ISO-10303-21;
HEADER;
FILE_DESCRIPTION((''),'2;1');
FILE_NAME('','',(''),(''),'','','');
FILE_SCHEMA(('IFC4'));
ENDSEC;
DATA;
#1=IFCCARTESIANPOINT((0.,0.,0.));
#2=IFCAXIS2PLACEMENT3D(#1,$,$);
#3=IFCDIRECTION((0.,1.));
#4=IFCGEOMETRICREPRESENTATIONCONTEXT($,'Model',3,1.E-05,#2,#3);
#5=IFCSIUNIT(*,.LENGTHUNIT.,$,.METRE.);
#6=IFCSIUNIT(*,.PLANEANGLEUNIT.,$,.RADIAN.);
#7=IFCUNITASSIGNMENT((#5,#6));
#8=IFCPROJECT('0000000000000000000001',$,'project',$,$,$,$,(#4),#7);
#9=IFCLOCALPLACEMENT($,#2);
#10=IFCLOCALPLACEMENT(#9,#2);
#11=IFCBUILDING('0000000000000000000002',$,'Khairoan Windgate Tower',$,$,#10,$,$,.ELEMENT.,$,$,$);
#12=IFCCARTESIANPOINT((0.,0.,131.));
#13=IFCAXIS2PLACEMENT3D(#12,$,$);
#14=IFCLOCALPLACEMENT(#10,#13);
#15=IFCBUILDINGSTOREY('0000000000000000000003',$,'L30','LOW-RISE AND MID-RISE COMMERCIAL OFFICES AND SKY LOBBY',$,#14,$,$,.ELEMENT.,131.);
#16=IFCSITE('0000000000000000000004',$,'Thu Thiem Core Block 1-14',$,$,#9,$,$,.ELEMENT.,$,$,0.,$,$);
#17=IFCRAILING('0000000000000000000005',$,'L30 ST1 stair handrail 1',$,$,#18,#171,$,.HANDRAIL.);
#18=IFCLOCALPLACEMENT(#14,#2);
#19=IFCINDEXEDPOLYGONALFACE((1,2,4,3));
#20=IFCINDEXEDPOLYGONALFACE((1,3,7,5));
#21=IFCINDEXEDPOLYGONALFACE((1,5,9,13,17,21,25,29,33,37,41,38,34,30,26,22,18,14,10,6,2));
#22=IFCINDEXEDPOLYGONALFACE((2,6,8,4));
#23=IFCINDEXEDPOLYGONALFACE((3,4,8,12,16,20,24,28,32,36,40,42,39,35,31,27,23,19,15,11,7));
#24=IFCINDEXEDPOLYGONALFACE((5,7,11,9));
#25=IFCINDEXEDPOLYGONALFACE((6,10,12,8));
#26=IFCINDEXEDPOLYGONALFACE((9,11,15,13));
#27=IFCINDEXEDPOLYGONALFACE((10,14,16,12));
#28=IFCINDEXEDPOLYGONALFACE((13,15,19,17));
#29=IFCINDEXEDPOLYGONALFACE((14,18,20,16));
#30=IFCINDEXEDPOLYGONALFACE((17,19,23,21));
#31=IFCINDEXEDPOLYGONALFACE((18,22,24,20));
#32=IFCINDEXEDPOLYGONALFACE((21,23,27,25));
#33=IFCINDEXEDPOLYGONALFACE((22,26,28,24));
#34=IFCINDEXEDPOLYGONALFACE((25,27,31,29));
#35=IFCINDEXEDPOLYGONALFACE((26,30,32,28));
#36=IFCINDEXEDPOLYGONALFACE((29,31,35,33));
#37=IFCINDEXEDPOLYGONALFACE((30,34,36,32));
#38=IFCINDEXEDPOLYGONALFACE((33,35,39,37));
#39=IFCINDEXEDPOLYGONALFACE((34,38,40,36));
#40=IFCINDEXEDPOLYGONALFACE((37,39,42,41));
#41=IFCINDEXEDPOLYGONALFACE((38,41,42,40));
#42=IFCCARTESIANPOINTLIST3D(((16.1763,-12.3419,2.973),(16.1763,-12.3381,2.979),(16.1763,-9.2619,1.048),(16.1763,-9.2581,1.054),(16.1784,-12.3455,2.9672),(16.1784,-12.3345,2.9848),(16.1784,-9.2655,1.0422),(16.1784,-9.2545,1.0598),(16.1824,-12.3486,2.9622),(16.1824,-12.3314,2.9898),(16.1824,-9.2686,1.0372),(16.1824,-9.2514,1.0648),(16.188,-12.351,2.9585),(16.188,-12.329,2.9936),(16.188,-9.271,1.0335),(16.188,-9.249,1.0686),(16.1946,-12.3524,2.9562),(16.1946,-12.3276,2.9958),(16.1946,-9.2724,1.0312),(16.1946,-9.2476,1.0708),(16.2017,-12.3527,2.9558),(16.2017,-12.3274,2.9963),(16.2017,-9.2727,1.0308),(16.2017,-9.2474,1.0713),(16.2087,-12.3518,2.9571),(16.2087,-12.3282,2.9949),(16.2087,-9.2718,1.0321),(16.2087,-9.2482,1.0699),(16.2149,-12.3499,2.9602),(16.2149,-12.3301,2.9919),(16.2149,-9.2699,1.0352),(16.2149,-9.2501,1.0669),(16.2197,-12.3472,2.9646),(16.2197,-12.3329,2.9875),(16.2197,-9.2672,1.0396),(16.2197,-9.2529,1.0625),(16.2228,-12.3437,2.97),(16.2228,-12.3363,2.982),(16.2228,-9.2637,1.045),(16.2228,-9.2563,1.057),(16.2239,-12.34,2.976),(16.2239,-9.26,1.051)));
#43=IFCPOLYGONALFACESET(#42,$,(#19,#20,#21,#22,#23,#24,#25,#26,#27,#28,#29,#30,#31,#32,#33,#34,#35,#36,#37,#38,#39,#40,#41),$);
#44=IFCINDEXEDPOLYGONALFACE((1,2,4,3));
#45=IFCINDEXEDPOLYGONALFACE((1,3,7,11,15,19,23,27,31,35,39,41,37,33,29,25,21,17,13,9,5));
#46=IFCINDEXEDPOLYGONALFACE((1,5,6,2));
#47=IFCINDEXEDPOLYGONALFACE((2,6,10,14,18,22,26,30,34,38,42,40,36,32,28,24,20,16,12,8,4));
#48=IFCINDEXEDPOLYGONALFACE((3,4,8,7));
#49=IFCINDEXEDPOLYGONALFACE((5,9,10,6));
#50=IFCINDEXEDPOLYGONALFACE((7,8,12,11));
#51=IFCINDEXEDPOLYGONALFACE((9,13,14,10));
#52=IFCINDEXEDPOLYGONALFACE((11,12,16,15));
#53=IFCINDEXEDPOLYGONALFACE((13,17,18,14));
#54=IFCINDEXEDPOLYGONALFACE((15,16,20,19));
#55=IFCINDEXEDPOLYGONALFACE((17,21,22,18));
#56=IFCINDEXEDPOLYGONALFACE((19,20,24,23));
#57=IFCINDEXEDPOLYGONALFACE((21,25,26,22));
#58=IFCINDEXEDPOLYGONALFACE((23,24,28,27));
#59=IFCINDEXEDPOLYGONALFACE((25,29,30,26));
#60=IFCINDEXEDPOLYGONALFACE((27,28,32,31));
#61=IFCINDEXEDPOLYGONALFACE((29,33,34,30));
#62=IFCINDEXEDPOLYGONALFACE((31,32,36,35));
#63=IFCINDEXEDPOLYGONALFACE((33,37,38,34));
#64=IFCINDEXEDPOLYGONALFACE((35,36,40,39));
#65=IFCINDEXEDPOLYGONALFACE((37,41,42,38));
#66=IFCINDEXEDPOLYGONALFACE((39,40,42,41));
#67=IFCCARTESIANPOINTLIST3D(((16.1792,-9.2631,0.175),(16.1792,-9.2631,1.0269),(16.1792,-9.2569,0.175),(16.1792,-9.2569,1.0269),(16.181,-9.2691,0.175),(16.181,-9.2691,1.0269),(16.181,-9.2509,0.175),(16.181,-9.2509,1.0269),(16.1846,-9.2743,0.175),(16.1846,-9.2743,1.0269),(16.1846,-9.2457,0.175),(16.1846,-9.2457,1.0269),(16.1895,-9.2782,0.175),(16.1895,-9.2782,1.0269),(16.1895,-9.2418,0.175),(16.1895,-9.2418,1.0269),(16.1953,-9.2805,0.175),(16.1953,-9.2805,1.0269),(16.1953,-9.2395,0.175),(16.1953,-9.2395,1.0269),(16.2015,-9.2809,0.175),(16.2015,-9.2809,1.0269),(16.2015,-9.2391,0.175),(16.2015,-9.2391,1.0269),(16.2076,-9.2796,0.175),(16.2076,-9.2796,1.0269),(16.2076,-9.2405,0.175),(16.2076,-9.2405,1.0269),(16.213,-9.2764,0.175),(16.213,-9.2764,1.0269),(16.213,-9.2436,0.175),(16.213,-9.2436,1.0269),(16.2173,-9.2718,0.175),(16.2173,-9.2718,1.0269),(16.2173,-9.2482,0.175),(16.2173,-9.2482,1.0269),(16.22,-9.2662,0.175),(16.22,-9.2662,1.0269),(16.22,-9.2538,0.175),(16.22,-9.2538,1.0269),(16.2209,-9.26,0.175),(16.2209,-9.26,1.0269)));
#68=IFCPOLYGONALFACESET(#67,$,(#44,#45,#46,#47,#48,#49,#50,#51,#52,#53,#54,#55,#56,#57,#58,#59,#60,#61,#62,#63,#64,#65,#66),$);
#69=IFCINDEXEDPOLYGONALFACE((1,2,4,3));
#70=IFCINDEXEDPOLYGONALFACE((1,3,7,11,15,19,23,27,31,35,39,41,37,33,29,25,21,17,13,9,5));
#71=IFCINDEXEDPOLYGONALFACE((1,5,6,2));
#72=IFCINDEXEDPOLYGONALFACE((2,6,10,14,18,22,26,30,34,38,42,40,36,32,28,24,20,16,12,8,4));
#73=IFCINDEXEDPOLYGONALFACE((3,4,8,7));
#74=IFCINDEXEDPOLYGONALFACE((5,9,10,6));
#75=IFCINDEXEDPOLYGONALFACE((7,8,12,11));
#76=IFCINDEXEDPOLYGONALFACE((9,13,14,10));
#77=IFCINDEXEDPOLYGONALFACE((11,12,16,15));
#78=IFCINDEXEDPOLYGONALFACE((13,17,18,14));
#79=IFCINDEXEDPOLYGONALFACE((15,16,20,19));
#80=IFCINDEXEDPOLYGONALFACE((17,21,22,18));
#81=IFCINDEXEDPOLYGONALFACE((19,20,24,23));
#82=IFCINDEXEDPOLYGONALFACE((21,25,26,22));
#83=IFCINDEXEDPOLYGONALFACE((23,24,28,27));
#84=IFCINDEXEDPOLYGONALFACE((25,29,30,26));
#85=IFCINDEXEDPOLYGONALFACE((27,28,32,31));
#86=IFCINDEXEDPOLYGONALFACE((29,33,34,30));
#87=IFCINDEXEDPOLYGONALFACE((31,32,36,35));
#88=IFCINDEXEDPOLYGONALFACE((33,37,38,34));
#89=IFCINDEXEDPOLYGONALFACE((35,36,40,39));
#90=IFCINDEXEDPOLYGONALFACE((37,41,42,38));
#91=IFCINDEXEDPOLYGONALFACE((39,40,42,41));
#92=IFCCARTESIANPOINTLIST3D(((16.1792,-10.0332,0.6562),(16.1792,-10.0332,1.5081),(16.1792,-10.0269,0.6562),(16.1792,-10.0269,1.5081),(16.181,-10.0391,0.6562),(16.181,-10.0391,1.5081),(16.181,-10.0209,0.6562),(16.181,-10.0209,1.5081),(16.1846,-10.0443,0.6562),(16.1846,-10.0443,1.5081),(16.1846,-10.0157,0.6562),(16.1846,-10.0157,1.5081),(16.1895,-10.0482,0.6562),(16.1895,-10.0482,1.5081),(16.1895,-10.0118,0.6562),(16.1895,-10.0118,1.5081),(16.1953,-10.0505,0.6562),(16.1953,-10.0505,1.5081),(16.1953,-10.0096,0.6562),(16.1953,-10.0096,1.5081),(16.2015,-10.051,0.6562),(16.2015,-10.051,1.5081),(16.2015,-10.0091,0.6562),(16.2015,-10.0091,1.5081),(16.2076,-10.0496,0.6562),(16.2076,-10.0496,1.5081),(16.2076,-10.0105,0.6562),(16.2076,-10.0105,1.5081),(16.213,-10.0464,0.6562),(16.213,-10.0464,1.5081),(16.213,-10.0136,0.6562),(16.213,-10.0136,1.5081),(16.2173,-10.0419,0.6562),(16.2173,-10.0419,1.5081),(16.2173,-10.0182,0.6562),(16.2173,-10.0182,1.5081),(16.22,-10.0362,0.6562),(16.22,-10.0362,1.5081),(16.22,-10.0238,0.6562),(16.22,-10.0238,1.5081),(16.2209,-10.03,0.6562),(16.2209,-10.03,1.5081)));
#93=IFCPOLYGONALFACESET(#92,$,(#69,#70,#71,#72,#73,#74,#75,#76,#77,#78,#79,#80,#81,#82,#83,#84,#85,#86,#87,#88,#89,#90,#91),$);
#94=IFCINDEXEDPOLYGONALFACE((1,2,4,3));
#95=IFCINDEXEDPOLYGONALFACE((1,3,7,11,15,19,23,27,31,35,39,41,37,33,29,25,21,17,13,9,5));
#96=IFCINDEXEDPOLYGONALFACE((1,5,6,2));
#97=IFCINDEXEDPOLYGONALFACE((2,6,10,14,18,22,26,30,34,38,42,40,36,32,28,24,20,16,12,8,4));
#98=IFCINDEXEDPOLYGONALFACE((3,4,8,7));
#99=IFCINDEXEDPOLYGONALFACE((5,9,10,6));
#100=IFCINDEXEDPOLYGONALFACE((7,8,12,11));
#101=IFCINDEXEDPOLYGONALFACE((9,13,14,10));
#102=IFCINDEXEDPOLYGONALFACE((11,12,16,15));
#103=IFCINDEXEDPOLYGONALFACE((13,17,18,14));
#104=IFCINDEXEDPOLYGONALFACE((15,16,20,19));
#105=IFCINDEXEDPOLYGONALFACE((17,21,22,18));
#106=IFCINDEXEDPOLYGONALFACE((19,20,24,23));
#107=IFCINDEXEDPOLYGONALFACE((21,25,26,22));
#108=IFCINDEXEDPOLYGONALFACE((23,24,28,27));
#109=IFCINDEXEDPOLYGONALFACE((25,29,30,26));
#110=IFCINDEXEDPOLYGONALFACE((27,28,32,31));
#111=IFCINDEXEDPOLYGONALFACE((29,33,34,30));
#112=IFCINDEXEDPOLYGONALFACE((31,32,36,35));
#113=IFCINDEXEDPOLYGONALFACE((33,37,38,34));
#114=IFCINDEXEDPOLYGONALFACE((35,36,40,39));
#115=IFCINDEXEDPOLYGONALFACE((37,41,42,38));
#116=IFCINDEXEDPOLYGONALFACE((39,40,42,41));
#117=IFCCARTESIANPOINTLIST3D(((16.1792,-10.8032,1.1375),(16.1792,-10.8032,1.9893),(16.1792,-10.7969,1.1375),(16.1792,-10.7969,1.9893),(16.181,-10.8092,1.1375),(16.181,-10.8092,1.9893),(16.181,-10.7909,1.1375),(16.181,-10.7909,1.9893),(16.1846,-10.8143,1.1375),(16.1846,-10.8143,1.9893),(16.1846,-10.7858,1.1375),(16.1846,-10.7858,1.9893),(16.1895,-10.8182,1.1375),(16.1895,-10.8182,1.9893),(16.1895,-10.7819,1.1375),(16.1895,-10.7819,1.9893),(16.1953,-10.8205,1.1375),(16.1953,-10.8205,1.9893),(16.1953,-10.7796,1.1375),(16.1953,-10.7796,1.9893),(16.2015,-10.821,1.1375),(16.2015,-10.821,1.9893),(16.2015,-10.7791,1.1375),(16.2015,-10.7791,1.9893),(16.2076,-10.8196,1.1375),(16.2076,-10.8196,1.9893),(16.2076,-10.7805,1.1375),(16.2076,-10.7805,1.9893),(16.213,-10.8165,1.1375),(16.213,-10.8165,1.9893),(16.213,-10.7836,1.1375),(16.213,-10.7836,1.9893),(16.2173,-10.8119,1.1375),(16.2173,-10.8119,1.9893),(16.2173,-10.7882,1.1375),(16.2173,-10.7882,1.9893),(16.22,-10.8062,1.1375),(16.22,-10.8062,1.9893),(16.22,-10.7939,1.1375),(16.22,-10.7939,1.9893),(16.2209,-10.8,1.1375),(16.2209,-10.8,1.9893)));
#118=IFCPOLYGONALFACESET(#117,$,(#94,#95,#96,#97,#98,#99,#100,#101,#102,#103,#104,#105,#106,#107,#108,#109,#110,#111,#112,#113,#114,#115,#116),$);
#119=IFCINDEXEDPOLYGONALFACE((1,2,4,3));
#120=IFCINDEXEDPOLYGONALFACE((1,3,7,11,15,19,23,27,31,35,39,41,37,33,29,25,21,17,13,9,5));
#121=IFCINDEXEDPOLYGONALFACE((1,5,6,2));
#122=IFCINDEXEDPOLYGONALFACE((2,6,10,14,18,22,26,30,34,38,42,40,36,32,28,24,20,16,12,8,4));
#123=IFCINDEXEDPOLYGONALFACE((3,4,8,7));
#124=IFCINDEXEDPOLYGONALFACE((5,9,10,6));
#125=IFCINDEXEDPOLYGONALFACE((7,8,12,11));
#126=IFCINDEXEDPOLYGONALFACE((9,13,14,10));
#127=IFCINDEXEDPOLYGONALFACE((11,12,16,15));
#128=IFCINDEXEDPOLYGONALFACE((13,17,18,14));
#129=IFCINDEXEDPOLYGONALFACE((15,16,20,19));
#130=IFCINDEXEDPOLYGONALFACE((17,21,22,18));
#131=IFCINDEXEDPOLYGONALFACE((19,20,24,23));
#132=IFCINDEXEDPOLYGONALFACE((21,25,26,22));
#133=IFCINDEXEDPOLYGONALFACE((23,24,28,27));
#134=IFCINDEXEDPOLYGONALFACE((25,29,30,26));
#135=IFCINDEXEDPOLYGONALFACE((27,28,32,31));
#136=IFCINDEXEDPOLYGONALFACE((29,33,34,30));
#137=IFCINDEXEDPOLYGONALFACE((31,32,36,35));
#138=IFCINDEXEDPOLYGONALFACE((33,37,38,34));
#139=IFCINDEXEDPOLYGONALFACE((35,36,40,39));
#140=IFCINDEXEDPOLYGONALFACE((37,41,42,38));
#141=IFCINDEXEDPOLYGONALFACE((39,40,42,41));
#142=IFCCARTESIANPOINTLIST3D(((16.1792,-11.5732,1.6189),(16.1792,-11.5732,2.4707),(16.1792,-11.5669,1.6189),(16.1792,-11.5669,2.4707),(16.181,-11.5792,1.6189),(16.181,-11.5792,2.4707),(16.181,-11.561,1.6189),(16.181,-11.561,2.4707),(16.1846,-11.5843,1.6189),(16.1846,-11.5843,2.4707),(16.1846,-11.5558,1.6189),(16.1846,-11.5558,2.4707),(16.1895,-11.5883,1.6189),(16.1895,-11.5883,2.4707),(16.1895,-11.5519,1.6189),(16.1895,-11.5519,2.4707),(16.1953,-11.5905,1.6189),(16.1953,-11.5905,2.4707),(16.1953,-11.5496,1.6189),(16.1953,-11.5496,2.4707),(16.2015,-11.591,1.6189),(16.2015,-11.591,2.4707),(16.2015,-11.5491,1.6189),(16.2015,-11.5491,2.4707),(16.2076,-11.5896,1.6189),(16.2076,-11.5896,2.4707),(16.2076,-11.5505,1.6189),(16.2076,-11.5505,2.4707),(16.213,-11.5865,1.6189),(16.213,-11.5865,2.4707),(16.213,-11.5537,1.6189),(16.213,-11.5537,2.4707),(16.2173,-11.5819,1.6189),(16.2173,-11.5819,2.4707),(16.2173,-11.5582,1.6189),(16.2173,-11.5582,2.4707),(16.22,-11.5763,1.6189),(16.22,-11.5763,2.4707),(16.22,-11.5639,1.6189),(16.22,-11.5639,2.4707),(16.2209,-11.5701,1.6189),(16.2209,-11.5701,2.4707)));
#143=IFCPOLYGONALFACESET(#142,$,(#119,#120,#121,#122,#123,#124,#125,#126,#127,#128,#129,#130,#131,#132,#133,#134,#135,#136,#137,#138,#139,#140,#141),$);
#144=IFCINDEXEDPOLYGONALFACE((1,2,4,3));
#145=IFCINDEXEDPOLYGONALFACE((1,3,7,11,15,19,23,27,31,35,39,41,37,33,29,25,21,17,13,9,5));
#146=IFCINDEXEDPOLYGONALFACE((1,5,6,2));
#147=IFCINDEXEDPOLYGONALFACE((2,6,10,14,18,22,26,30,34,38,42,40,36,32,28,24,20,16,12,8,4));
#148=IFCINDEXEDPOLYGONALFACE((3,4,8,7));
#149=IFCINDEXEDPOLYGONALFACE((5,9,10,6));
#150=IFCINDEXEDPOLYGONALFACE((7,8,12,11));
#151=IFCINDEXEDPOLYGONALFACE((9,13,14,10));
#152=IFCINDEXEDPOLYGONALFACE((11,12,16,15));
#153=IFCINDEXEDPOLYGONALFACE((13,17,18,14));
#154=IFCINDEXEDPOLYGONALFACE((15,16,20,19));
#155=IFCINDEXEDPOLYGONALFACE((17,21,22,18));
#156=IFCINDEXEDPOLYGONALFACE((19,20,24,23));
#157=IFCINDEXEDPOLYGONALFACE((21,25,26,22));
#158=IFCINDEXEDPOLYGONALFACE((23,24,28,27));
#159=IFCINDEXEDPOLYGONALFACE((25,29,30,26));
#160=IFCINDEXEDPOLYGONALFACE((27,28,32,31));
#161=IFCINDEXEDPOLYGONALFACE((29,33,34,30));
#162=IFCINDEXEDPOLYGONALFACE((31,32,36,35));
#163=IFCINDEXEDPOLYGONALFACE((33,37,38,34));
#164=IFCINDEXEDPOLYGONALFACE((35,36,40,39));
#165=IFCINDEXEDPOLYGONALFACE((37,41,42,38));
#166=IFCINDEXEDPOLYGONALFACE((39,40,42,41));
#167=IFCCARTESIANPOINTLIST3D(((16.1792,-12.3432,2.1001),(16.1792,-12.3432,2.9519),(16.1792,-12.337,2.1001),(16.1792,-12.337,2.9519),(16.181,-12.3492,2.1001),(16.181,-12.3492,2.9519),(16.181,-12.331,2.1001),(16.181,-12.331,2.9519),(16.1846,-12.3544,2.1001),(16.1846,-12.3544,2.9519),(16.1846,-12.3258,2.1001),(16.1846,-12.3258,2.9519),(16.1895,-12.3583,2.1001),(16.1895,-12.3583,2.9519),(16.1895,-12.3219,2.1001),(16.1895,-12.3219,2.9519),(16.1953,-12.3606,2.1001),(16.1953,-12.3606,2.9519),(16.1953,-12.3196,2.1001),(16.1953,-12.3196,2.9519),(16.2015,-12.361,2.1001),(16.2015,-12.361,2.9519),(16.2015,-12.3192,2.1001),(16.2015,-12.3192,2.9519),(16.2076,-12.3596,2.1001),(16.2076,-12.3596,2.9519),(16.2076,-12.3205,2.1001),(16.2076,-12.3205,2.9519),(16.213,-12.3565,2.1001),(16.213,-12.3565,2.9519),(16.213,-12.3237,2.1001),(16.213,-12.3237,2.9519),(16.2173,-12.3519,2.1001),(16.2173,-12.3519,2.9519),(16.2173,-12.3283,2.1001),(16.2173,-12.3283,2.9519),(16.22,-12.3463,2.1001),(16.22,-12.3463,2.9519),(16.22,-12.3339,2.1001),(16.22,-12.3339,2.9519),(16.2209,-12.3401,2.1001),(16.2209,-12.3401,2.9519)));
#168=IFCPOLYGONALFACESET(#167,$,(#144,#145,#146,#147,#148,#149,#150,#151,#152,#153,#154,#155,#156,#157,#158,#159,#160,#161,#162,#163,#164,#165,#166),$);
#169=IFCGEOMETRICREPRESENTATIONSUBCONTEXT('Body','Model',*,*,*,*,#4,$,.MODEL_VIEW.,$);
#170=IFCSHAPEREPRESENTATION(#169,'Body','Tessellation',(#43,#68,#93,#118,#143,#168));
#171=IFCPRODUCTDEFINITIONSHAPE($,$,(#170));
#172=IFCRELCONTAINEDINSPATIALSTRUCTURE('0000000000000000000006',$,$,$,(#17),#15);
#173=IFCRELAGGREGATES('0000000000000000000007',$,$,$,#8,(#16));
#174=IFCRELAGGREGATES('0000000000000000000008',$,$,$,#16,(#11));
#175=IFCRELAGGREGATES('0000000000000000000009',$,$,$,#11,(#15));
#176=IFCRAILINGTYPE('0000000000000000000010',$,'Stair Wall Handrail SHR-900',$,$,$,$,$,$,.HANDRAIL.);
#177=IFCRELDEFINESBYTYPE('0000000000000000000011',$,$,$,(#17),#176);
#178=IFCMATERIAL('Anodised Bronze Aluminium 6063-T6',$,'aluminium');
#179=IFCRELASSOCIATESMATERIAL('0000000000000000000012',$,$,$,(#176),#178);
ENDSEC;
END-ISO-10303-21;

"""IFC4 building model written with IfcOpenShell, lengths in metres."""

from ifc_helpers import new_model, si_unit, direction, frame, origin, origin_2d, place, context, subcontext, project, spatial, circle, extrude, material, type_object, element, save


model = new_model("IFC4")

# Units and contexts
model_context = context("Model", 3, precision=1e-05, world=origin(), true_north=direction((0.0, 1.0)))
body_context = subcontext(model_context, "Body", "Model", "MODEL_VIEW")
ifc_project = project(units=[si_unit("LENGTHUNIT", "METRE"), si_unit("PLANEANGLEUNIT", "RADIAN")], contexts=[model_context])

# Site, building, storey
site_placement = place(None, origin())
site = spatial("IfcSite", under=ifc_project, at=site_placement, Name="Thu Thiem Core Block 1-14", CompositionType="ELEMENT", RefElevation=0.0)
building_placement = place(site_placement, origin())
building = spatial("IfcBuilding", under=site, at=building_placement, Name="Khairoan Windgate Tower", CompositionType="ELEMENT")
storey_placement = place(building_placement, frame((0.0, 0.0, 131.0)))
storey = spatial("IfcBuildingStorey", under=building, at=storey_placement, Name="L30", Description="LOW-RISE AND MID-RISE COMMERCIAL OFFICES AND SKY LOBBY", CompositionType="ELEMENT", Elevation=131.0)

# Railing
ifc_material_1 = material(Name="Anodised Bronze Aluminium 6063-T6", Category="aluminium")
railing_type_1 = type_object("IfcRailingType", Name="Stair Wall Handrail SHR-900", PredefinedType="HANDRAIL", material=ifc_material_1)
railing_1_placement = place(storey_placement, frame((16.2, -9.26, 0.175)))
element("IfcRailing", 1, at=railing_1_placement, inside=storey, type_object=railing_type_1, Name="L30 ST1 stair handrail 1", PredefinedType="HANDRAIL", context=body_context, shape_type="SweptSolid", body=[
    extrude(circle(Radius=0.0239, at=origin_2d()), frame((0.0, 0.0, 0.876), z_axis=(0.0, -0.847998, 0.529999), x_axis=(1.0, 0.0, 0.0)), (0.0, 0.0, 1.0), 3.6321),
    extrude(circle(Radius=0.021, at=origin_2d()), origin(), (0.0, 0.0, 1.0), 0.8518),
    extrude(circle(Radius=0.021, at=origin_2d()), frame((0.0, -0.77, 0.4812)), (0.0, 0.0, 1.0), 0.8518),
    extrude(circle(Radius=0.021, at=origin_2d()), frame((0.0, -1.54, 0.9624)), (0.0, 0.0, 1.0), 0.8518),
    extrude(circle(Radius=0.021, at=origin_2d()), frame((0.0, -2.3101, 1.4438)), (0.0, 0.0, 1.0), 0.8518),
    extrude(circle(Radius=0.021, at=origin_2d()), frame((0.0, -3.0801, 1.925)), (0.0, 0.0, 1.0), 0.8518),
])

save(model, "model.ifc")
